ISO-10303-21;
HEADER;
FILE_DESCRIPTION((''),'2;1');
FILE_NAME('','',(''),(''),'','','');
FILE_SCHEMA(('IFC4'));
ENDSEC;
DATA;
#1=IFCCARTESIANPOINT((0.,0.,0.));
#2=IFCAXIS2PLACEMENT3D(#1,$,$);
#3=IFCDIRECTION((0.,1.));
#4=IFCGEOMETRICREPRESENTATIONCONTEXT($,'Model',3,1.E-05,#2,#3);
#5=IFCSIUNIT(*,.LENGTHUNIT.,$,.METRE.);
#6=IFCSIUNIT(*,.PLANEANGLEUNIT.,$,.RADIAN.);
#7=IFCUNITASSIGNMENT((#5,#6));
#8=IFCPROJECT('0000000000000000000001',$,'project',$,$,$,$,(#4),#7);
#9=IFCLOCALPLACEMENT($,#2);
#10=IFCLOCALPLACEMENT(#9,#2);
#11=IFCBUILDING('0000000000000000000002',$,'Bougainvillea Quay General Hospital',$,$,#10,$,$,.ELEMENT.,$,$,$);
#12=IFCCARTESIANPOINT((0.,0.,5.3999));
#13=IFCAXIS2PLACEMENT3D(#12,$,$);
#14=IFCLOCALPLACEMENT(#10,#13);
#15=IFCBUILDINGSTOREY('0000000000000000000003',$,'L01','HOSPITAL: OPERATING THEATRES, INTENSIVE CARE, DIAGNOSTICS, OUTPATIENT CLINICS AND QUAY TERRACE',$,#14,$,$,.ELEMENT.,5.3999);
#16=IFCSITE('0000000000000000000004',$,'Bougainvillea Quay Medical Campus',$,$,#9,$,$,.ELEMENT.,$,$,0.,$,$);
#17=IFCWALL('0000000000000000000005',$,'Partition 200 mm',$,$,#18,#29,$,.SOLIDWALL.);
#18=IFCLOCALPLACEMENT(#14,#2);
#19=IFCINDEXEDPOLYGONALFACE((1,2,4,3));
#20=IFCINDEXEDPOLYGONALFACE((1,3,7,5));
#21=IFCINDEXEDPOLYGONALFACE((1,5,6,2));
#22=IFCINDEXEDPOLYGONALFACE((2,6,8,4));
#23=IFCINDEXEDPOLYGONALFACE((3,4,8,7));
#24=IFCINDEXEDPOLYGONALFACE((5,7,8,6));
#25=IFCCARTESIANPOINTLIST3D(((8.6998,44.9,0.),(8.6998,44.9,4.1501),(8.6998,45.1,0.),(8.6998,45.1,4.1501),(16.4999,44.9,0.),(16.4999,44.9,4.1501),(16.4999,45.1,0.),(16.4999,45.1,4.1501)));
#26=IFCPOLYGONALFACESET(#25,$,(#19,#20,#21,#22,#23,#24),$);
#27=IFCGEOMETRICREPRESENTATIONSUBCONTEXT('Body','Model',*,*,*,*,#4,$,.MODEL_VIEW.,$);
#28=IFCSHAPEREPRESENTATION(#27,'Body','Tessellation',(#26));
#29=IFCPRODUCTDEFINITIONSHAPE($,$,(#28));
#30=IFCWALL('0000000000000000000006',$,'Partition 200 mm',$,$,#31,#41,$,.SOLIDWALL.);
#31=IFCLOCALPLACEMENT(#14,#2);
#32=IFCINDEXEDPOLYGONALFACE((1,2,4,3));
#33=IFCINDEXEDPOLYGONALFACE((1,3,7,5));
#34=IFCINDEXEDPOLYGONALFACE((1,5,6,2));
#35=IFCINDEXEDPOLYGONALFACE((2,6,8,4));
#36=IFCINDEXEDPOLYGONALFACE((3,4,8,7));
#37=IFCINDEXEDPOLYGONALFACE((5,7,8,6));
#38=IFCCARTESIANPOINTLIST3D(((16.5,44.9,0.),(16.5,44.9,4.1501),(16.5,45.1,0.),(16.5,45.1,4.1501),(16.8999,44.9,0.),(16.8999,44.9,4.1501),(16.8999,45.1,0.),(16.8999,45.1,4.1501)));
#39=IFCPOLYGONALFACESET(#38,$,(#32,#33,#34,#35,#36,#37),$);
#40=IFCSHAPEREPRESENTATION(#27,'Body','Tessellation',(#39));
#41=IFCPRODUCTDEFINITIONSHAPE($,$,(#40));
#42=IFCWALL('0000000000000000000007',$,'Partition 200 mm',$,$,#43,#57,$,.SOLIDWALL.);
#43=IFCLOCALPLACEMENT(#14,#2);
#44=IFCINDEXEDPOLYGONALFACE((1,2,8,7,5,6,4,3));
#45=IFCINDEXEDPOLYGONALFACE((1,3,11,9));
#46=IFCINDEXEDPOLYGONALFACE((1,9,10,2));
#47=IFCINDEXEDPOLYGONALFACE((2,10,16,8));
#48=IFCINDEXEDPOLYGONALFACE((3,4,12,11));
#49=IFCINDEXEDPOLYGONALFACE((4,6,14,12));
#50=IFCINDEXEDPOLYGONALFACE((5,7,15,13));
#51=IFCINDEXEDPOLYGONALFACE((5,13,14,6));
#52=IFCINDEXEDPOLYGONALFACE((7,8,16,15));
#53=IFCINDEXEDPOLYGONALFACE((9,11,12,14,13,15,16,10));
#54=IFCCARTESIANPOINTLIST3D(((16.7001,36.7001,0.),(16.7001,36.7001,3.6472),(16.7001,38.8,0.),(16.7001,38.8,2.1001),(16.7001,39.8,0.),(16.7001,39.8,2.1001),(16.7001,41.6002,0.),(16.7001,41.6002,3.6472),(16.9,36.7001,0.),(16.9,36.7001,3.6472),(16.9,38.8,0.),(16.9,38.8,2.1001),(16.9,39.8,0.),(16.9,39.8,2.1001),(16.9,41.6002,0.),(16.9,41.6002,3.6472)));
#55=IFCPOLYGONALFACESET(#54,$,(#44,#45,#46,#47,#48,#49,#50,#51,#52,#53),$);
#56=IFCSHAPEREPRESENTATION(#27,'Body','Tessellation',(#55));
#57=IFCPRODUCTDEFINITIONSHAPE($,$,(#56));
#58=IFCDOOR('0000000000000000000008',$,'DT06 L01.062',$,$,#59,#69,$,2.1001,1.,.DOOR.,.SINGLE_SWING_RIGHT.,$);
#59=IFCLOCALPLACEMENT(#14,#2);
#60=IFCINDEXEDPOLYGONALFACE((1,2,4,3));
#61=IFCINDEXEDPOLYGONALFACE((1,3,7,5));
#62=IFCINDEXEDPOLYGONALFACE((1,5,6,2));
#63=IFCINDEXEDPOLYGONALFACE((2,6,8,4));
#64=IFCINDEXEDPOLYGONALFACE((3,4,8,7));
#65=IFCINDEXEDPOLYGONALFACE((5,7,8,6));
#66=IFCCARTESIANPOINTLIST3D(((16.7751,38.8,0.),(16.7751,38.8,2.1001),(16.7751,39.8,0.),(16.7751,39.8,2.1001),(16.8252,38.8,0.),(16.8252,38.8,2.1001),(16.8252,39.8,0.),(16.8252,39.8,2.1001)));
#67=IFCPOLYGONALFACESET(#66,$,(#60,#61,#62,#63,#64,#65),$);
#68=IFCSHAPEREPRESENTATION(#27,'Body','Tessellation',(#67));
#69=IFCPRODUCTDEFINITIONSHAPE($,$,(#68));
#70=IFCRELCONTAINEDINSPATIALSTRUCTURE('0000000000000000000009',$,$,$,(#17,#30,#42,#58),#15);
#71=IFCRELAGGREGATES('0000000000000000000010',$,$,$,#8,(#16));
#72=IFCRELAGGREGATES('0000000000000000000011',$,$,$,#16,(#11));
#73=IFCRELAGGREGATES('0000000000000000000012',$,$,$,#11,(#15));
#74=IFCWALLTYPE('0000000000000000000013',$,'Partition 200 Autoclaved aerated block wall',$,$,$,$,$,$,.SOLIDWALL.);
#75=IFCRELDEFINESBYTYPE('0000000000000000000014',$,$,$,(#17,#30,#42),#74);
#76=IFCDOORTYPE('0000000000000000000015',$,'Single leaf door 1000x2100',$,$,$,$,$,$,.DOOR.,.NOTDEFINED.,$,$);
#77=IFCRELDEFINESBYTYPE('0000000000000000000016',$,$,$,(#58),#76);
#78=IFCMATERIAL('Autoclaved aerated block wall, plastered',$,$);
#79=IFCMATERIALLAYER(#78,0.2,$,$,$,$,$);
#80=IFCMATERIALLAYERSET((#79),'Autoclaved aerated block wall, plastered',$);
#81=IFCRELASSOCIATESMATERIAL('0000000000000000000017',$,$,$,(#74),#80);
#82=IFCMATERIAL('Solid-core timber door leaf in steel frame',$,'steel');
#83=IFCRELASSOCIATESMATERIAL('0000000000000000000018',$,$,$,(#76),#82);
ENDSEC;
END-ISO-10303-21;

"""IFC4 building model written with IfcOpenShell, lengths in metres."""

from ifc_helpers import new_model, si_unit, direction, frame, frame_2d, origin, place, context, subcontext, project, spatial, rectangle, extrude, material, layer, layer_set, type_object, element, fill, save


model = new_model("IFC4")

# Units and contexts
model_context = context("Model", 3, precision=1e-05, world=origin(), true_north=direction((0.0, 1.0)))
body_context = subcontext(model_context, "Body", "Model", "MODEL_VIEW")
ifc_project = project(units=[si_unit("LENGTHUNIT", "METRE"), si_unit("PLANEANGLEUNIT", "RADIAN")], contexts=[model_context])

# Site, building, storey
site_placement = place(None, origin())
site = spatial("IfcSite", under=ifc_project, at=site_placement, Name="Bougainvillea Quay Medical Campus", CompositionType="ELEMENT", RefElevation=0.0)
building_placement = place(site_placement, origin())
building = spatial("IfcBuilding", under=site, at=building_placement, Name="Bougainvillea Quay General Hospital", CompositionType="ELEMENT")
storey_placement = place(building_placement, frame((0.0, 0.0, 5.3999)))
storey = spatial("IfcBuildingStorey", under=building, at=storey_placement, Name="L01", Description="HOSPITAL: OPERATING THEATRES, INTENSIVE CARE, DIAGNOSTICS, OUTPATIENT CLINICS AND QUAY TERRACE", CompositionType="ELEMENT", Elevation=5.3999)

# Shared definitions
ifc_material_1 = material(Name="Solid-core timber door leaf in steel frame", Category="steel")

# Walls
ifc_material_2 = material(Name="Autoclaved aerated block wall, plastered")
ifc_layer_1 = layer(ifc_material_2, 0.2)
ifc_layer_set_1 = layer_set([ifc_layer_1], Name="Autoclaved aerated block wall, plastered")
wall_type_1 = type_object("IfcWallType", Name="Partition 200 Autoclaved aerated block wall", PredefinedType="SOLIDWALL", material=ifc_layer_set_1)
wall_1_placement = place(storey_placement, frame((8.7, 45.0, 0.0), z_axis=(0.0, 0.0, 1.0), x_axis=(1.0, 0.0, 0.0)))
element("IfcWall", 1, at=wall_1_placement, inside=storey, type_object=wall_type_1, Name="Partition 200 mm", PredefinedType="SOLIDWALL", context=body_context, shape_type="SweptSolid", body=[
    extrude(rectangle(XDim=7.8, YDim=0.2, at=frame_2d((3.8999, 0.0))), origin(), (0.0, 0.0, 1.0), 4.1501),
])
wall_2_placement = place(storey_placement, frame((16.5, 45.0, 0.0), z_axis=(0.0, 0.0, 1.0), x_axis=(1.0, 0.0, 0.0)))
element("IfcWall", 2, at=wall_2_placement, inside=storey, type_object=wall_type_1, Name="Partition 200 mm", PredefinedType="SOLIDWALL", context=body_context, shape_type="SweptSolid", body=[
    extrude(rectangle(XDim=0.3999, YDim=0.2, at=frame_2d((0.2, 0.0))), origin(), (0.0, 0.0, 1.0), 4.1501),
])

# Wall, opening, door
wall_3_placement = place(storey_placement, frame((16.8, 36.7, 0.0), z_axis=(0.0, 0.0, 1.0), x_axis=(0.0, 1.0, 0.0)))
wall_3 = element("IfcWall", 3, at=wall_3_placement, inside=storey, type_object=wall_type_1, Name="Partition 200 mm", PredefinedType="SOLIDWALL", context=body_context, shape_type="SweptSolid", body=[
    extrude(rectangle(XDim=4.9001, YDim=0.2, at=frame_2d((2.4502, 0.0))), origin(), (0.0, 0.0, 1.0), 3.6472),
])
opening_1_placement = place(wall_3_placement, frame((2.1001, 0.0, 0.0)))
opening_1 = element("IfcOpeningElement", 4, at=opening_1_placement, cuts=wall_3, PredefinedType="OPENING", context=body_context, shape_type="SweptSolid", body=[
    extrude(rectangle(XDim=1.0, YDim=2.1001, at=frame_2d((0.5, 1.05))), frame((0.0, 0.1099, 0.0), z_axis=(0.0, -1.0, 0.0), x_axis=(1.0, 0.0, 0.0)), (0.0, 0.0, 1.0), 0.22),
])
door_type_1 = type_object("IfcDoorType", Name="Single leaf door 1000x2100", OperationType="NOTDEFINED", PredefinedType="DOOR", material=ifc_material_1)
door_1_placement = place(opening_1_placement, origin())
door_1 = element("IfcDoor", 5, at=door_1_placement, inside=storey, type_object=door_type_1, Name="DT06 L01.062", OperationType="SINGLE_SWING_RIGHT", OverallHeight=2.1001, OverallWidth=1.0, PredefinedType="DOOR", context=body_context, shape_type="SweptSolid", body=[
    extrude(rectangle(XDim=1.0, YDim=2.1001, at=frame_2d((0.5, 1.05))), frame((0.0, 0.0249, 0.0), z_axis=(0.0, -1.0, 0.0), x_axis=(1.0, 0.0, 0.0)), (0.0, 0.0, 1.0), 0.05),
])
fill(opening_1, door_1)

save(model, "model.ifc")
